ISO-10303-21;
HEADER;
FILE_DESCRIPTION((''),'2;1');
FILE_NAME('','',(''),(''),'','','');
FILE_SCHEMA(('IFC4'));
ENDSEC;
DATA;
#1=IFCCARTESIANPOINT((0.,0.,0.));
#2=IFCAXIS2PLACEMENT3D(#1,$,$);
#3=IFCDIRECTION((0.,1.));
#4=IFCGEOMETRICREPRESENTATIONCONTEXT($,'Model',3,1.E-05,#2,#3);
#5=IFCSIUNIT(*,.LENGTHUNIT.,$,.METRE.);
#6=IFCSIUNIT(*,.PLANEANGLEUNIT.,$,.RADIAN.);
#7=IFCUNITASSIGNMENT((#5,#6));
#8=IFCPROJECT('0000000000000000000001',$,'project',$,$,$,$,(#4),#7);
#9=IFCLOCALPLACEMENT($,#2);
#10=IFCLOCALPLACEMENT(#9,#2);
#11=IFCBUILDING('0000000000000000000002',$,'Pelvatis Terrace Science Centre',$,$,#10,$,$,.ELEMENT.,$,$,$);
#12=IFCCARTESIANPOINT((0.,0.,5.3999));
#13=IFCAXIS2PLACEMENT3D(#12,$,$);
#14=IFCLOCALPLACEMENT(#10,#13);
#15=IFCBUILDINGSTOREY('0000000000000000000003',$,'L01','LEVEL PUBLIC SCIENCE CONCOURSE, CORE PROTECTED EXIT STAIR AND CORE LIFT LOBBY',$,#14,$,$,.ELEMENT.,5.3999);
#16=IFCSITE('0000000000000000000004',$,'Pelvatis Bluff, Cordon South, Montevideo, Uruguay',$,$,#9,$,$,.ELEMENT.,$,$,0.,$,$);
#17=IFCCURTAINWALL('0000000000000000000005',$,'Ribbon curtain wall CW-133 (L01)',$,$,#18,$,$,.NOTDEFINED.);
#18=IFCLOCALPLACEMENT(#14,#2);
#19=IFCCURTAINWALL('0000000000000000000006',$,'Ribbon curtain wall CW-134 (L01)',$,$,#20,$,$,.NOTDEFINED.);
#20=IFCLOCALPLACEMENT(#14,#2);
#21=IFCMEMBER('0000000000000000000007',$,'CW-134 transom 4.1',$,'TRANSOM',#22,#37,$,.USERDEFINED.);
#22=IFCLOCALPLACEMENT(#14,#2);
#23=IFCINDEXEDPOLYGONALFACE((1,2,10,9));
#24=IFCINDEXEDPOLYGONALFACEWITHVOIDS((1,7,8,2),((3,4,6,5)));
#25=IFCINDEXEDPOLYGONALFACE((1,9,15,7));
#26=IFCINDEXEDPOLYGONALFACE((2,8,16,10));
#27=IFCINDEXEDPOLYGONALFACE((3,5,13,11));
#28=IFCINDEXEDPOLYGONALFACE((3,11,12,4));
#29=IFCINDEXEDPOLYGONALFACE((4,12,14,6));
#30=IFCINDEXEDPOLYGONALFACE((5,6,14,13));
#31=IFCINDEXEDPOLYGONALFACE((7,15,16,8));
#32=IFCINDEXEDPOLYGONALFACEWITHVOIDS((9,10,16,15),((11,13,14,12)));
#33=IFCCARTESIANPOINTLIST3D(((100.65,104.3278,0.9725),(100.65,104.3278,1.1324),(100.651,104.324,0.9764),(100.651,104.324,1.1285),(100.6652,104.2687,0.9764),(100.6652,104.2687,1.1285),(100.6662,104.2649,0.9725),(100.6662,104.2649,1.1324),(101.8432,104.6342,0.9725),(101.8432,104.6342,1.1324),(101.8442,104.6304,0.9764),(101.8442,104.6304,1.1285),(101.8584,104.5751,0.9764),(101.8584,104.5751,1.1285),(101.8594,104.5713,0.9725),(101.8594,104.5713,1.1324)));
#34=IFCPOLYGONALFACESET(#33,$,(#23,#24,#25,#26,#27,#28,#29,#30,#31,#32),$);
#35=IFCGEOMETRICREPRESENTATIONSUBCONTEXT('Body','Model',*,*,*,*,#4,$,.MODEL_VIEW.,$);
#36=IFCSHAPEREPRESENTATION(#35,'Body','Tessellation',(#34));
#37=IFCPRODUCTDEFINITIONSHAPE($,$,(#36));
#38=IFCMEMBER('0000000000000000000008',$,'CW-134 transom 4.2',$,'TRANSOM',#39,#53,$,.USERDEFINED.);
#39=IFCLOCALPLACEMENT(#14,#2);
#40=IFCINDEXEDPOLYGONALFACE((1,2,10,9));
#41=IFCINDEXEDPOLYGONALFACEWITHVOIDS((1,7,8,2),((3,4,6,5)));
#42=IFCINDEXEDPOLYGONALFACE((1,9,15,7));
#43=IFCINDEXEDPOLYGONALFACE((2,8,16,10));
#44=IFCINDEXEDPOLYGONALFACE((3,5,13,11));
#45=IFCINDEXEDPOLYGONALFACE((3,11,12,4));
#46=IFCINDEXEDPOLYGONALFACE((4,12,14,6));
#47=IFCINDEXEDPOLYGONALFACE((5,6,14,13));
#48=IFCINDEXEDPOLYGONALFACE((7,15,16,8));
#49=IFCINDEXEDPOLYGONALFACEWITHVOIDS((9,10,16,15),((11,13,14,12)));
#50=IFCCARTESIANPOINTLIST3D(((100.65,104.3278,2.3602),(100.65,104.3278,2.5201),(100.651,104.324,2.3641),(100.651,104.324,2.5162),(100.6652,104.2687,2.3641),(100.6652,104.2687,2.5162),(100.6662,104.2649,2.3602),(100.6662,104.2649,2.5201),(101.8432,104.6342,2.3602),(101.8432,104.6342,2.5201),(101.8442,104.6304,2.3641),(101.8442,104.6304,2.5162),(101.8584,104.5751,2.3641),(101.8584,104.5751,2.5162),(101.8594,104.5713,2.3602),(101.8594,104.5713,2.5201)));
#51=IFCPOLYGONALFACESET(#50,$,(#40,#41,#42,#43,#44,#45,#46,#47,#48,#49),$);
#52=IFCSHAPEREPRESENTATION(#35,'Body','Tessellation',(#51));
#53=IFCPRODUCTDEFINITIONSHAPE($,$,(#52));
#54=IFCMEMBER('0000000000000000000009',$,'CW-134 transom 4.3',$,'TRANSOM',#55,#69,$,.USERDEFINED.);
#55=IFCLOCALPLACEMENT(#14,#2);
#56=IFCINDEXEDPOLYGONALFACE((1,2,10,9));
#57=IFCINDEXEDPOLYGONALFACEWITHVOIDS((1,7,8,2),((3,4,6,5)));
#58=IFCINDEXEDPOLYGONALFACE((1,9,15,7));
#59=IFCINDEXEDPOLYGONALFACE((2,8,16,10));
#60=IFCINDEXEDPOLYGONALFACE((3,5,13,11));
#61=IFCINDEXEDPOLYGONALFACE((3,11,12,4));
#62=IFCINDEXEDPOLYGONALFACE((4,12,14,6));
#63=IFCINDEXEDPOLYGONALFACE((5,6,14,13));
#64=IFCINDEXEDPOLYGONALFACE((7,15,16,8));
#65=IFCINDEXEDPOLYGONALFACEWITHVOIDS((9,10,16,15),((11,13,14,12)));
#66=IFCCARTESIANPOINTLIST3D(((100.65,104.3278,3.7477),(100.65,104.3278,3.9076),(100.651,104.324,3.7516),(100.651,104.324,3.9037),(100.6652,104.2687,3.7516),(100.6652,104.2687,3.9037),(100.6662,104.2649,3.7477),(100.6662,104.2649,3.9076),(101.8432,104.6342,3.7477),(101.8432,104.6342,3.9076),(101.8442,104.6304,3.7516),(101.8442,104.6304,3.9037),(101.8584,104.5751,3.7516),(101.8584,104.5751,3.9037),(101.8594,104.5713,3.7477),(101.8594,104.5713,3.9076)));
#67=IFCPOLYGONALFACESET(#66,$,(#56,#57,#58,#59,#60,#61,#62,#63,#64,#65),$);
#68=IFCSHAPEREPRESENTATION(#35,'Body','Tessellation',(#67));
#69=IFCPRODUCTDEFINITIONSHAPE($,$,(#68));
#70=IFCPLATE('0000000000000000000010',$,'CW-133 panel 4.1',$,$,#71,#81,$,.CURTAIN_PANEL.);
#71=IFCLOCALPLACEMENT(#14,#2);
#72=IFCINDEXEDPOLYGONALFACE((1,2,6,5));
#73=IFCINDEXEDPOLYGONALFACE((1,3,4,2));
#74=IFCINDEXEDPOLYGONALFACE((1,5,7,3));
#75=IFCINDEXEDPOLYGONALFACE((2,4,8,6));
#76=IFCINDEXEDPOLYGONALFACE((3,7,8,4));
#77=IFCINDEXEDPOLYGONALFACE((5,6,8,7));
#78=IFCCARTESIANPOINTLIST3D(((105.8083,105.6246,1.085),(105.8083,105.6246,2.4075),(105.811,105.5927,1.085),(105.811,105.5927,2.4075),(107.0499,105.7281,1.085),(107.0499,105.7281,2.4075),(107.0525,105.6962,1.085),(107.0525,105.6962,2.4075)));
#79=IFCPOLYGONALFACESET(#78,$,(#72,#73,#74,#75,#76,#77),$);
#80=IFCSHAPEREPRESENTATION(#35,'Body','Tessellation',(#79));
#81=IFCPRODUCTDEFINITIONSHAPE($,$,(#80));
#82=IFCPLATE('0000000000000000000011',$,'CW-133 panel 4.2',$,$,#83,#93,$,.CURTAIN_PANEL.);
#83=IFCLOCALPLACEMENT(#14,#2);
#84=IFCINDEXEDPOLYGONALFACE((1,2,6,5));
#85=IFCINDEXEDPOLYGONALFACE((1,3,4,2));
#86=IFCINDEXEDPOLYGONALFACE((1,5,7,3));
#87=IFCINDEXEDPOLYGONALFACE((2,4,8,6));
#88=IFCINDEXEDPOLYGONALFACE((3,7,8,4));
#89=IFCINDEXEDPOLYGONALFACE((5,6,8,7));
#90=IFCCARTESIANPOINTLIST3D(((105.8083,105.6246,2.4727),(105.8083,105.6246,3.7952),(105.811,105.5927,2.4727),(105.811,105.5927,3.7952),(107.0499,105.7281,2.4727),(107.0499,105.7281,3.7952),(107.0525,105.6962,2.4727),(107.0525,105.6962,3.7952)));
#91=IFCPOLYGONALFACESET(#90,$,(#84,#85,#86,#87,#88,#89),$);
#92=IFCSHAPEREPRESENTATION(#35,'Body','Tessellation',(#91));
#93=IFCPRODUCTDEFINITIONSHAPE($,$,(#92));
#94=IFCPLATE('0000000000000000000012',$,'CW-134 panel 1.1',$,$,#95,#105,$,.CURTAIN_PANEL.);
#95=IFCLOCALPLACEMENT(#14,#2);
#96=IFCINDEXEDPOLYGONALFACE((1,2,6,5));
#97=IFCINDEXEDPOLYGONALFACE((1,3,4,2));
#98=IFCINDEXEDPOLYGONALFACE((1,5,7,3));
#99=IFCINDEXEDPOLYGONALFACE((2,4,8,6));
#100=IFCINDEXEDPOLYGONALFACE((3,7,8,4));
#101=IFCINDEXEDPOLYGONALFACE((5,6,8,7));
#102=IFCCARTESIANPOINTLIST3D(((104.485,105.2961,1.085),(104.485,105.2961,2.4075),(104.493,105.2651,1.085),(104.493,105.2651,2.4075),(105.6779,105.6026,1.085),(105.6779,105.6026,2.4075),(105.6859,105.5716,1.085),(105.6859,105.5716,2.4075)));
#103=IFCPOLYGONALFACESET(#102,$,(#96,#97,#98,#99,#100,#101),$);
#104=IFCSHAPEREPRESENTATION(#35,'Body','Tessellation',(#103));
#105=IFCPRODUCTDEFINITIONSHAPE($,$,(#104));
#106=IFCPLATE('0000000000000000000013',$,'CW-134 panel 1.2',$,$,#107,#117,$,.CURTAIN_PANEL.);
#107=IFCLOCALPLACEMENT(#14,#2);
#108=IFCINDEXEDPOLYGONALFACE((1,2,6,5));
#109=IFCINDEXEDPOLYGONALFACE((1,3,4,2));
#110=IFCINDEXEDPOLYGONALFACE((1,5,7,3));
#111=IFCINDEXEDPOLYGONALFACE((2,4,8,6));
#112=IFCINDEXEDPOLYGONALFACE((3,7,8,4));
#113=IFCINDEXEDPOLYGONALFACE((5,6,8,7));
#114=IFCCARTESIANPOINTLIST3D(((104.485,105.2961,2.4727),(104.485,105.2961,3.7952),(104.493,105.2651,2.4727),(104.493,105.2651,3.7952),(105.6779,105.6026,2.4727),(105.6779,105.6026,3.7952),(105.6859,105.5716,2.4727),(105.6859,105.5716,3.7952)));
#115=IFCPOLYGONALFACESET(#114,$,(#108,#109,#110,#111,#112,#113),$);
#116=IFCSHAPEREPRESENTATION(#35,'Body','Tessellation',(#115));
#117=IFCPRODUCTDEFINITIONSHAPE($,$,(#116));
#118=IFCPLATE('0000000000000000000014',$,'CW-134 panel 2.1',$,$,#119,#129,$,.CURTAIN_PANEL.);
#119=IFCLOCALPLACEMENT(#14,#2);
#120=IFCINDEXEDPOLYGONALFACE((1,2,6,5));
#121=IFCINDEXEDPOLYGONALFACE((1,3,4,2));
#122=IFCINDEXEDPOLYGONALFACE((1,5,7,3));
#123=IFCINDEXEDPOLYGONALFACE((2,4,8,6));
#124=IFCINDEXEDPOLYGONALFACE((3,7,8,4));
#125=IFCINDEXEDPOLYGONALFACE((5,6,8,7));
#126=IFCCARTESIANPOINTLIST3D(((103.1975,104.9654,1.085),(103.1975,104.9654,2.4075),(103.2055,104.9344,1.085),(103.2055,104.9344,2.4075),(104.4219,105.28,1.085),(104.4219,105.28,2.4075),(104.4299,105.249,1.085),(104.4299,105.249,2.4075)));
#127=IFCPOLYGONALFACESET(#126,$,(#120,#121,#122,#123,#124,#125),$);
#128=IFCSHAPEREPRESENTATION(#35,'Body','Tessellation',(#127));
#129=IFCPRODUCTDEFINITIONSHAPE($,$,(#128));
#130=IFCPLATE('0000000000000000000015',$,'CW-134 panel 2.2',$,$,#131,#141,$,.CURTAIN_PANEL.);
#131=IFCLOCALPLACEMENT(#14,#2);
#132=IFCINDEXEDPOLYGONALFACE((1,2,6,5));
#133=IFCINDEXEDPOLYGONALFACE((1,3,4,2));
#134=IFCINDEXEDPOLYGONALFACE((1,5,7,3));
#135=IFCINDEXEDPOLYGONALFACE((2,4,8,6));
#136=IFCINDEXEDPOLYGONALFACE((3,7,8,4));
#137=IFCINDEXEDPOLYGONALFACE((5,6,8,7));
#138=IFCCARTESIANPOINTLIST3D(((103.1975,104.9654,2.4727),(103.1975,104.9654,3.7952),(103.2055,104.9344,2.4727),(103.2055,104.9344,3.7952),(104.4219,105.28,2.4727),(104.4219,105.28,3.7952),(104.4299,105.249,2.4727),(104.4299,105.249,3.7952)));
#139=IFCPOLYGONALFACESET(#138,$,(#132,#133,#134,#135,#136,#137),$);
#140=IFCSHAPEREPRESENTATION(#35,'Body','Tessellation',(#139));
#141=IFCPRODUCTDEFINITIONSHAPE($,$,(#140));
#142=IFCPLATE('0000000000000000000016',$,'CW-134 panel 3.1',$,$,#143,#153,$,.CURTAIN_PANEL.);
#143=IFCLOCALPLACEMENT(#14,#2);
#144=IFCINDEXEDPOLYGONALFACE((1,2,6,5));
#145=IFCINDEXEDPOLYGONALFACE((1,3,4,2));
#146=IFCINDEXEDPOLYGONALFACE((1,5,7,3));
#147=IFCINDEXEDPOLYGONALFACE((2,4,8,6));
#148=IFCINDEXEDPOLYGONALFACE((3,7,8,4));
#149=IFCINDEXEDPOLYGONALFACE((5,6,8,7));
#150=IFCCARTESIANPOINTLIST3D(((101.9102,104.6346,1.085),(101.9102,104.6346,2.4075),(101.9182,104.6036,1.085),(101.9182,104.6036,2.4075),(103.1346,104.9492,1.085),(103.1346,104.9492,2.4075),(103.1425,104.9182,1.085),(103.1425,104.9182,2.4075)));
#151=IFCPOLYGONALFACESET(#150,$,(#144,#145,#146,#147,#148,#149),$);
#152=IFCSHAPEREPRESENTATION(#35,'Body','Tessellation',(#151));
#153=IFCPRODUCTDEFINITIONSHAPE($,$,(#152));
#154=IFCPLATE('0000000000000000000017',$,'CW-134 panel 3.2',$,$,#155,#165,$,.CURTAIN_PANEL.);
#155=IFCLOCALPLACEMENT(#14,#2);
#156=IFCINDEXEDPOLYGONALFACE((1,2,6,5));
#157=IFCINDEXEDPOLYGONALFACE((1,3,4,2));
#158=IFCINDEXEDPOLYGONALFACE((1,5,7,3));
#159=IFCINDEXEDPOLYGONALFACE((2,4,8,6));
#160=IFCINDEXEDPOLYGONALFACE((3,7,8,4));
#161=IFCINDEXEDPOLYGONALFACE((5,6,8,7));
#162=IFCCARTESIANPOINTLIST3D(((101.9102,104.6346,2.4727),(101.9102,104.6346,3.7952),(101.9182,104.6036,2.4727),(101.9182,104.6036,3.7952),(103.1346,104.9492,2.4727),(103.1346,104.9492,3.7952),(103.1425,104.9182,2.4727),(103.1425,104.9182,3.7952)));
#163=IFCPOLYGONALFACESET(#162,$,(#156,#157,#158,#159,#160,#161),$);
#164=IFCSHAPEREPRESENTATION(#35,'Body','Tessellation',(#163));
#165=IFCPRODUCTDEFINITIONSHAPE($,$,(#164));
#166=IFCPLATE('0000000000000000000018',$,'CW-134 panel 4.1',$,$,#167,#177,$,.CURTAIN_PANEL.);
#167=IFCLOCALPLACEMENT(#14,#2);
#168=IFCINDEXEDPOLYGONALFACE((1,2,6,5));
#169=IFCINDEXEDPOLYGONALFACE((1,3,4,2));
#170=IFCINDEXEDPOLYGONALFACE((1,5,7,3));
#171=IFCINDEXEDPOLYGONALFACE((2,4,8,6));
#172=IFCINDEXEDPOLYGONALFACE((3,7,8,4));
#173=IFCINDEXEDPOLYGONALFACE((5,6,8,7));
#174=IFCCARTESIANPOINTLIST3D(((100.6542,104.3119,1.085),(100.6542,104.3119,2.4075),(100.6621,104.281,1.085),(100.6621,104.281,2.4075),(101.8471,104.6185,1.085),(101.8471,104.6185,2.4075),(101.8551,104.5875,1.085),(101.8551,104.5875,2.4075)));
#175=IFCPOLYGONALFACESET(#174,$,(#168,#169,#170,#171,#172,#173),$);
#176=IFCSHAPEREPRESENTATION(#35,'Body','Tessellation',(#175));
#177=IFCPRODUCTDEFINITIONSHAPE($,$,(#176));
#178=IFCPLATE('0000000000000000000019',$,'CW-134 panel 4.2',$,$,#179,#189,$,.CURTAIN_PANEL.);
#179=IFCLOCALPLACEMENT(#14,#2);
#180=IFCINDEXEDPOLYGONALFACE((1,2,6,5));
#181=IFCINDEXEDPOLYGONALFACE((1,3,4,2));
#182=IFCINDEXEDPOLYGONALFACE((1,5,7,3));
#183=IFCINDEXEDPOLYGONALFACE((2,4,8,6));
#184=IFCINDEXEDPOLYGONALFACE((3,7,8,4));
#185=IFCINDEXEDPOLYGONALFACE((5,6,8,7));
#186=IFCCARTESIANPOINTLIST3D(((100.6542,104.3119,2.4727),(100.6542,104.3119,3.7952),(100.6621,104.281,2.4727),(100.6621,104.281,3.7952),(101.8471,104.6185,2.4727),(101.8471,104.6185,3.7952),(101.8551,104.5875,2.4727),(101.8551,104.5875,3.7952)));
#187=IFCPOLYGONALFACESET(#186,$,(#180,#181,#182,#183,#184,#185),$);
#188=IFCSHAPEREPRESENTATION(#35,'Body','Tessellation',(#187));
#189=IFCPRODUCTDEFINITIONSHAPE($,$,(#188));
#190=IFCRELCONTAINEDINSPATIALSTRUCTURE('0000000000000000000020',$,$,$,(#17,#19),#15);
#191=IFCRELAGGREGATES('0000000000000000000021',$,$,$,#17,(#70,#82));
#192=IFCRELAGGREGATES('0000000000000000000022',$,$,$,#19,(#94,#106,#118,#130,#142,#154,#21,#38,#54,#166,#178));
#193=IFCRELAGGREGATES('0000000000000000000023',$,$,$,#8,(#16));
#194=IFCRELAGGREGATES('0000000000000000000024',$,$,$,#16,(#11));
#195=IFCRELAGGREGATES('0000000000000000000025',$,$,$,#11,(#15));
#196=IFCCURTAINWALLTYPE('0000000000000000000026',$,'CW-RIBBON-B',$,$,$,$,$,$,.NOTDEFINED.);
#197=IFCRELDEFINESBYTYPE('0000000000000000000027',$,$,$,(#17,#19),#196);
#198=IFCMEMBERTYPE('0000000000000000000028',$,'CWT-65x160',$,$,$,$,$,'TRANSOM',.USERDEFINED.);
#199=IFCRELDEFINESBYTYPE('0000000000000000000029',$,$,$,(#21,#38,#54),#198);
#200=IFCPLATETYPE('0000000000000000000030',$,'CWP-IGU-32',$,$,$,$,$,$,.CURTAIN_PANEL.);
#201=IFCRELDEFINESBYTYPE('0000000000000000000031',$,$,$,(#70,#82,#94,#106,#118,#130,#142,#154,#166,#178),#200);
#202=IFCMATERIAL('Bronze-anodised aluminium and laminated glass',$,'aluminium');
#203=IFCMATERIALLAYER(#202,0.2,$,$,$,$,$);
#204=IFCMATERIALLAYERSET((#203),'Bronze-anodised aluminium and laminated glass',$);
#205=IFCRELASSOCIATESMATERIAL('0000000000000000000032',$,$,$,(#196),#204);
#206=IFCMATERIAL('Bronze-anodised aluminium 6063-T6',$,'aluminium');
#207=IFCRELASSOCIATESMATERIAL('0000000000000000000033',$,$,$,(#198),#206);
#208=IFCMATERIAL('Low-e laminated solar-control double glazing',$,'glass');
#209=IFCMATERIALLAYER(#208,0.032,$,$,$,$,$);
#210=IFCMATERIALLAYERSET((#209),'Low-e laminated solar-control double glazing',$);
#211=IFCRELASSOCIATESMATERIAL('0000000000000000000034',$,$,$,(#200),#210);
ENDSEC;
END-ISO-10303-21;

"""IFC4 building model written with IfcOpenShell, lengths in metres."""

from ifc_helpers import new_model, si_unit, direction, frame, origin, origin_2d, place, context, subcontext, project, spatial, rectangle, hollow_rectangle, extrude, material, layer, layer_set, material_profile, profile_set, type_object, element, aggregate, save


model = new_model("IFC4")

# Units and contexts
model_context = context("Model", 3, precision=1e-05, world=origin(), true_north=direction((0.0, 1.0)))
body_context = subcontext(model_context, "Body", "Model", "MODEL_VIEW")
ifc_project = project(units=[si_unit("LENGTHUNIT", "METRE"), si_unit("PLANEANGLEUNIT", "RADIAN")], contexts=[model_context])

# Site, building, storey
site_placement = place(None, origin())
site = spatial("IfcSite", under=ifc_project, at=site_placement, Name="Pelvatis Bluff, Cordon South, Montevideo, Uruguay", CompositionType="ELEMENT", RefElevation=0.0)
building_placement = place(site_placement, origin())
building = spatial("IfcBuilding", under=site, at=building_placement, Name="Pelvatis Terrace Science Centre", CompositionType="ELEMENT")
storey_placement = place(building_placement, frame((0.0, 0.0, 5.3999)))
storey = spatial("IfcBuildingStorey", under=building, at=storey_placement, Name="L01", Description="LEVEL PUBLIC SCIENCE CONCOURSE, CORE PROTECTED EXIT STAIR AND CORE LIFT LOBBY", CompositionType="ELEMENT", Elevation=5.3999)

# Curtain walls
ifc_material_1 = material(Name="Bronze-anodised aluminium and laminated glass", Category="aluminium")
ifc_layer_1 = layer(ifc_material_1, 0.2)
ifc_layer_set_1 = layer_set([ifc_layer_1], Name="Bronze-anodised aluminium and laminated glass")
curtain_wall_type = type_object("IfcCurtainWallType", Name="CW-RIBBON-B", PredefinedType="NOTDEFINED", material=ifc_layer_set_1)
curtain_wall_1_placement = place(storey_placement, origin())
curtain_wall_1 = element("IfcCurtainWall", 1, at=curtain_wall_1_placement, inside=storey, type_object=curtain_wall_type, Name="Ribbon curtain wall CW-133 (L01)", PredefinedType="NOTDEFINED")
curtain_wall_2_placement = place(storey_placement, origin())
curtain_wall_2 = element("IfcCurtainWall", 2, at=curtain_wall_2_placement, inside=storey, type_object=curtain_wall_type, Name="Ribbon curtain wall CW-134 (L01)", PredefinedType="NOTDEFINED")

# Members
ifc_material_2 = material(Name="Bronze-anodised aluminium 6063-T6", Category="aluminium")
ifc_material_profile_1 = material_profile(ifc_material_2, hollow_rectangle(XDim=0.0649, YDim=0.1599, WallThickness=0.0039, at=origin_2d()), Name="ALU-TRN 65x160")
ifc_profile_set_1 = profile_set([ifc_material_profile_1], Name="Bronze-anodised aluminium 6063-T6")
member_type_1 = type_object("IfcMemberType", Name="CWT-65x160", ElementType="TRANSOM", PredefinedType="USERDEFINED", material=ifc_profile_set_1)
member_1_placement = place(storey_placement, frame((101.8513, 104.6028, 1.0525), z_axis=(-0.968572, -0.248733, 0.0), x_axis=(0.248733, -0.968572, 0.0)))
member_1 = element("IfcMember", 3, at=member_1_placement, type_object=member_type_1, Name="CW-134 transom 4.1", ObjectType="TRANSOM", PredefinedType="USERDEFINED", context=body_context, shape_type="SweptSolid", body=[
    extrude(hollow_rectangle(XDim=0.0649, YDim=0.1599, WallThickness=0.0039, at=origin_2d()), origin(), (0.0, 0.0, 1.0), 1.2319),
])
member_2_placement = place(storey_placement, frame((101.8513, 104.6028, 2.4402), z_axis=(-0.968572, -0.248733, 0.0), x_axis=(0.248733, -0.968572, 0.0)))
member_2 = element("IfcMember", 4, at=member_2_placement, type_object=member_type_1, Name="CW-134 transom 4.2", ObjectType="TRANSOM", PredefinedType="USERDEFINED", context=body_context, shape_type="SweptSolid", body=[
    extrude(hollow_rectangle(XDim=0.0649, YDim=0.1599, WallThickness=0.0039, at=origin_2d()), origin(), (0.0, 0.0, 1.0), 1.2319),
])
member_3_placement = place(storey_placement, frame((101.8513, 104.6028, 3.8276), z_axis=(-0.968572, -0.248733, 0.0), x_axis=(0.248733, -0.968572, 0.0)))
member_3 = element("IfcMember", 5, at=member_3_placement, type_object=member_type_1, Name="CW-134 transom 4.3", ObjectType="TRANSOM", PredefinedType="USERDEFINED", context=body_context, shape_type="SweptSolid", body=[
    extrude(hollow_rectangle(XDim=0.0649, YDim=0.1599, WallThickness=0.0039, at=origin_2d()), origin(), (0.0, 0.0, 1.0), 1.2319),
])

# Plates
ifc_material_3 = material(Name="Low-e laminated solar-control double glazing", Category="glass")
ifc_layer_2 = layer(ifc_material_3, 0.032)
ifc_layer_set_2 = layer_set([ifc_layer_2], Name="Low-e laminated solar-control double glazing")
plate_type = type_object("IfcPlateType", Name="CWP-IGU-32", PredefinedType="CURTAIN_PANEL", material=ifc_layer_set_2)
plate_1_placement = place(storey_placement, frame((106.4304, 105.6604, 1.085), z_axis=(0.0, 0.0, 1.0), x_axis=(-0.996539, -0.083126, 0.0)))
plate_1 = element("IfcPlate", 6, at=plate_1_placement, type_object=plate_type, Name="CW-133 panel 4.1", PredefinedType="CURTAIN_PANEL", context=body_context, shape_type="SweptSolid", body=[
    extrude(rectangle(XDim=1.2458, YDim=0.032, at=origin_2d()), origin(), (0.0, 0.0, 1.0), 1.3225),
])
plate_2_placement = place(storey_placement, frame((106.4304, 105.6604, 2.4727), z_axis=(0.0, 0.0, 1.0), x_axis=(-0.996539, -0.083126, 0.0)))
plate_2 = element("IfcPlate", 7, at=plate_2_placement, type_object=plate_type, Name="CW-133 panel 4.2", PredefinedType="CURTAIN_PANEL", context=body_context, shape_type="SweptSolid", body=[
    extrude(rectangle(XDim=1.2458, YDim=0.032, at=origin_2d()), origin(), (0.0, 0.0, 1.0), 1.3225),
])
aggregate(curtain_wall_1, [plate_1, plate_2])
plate_3_placement = place(storey_placement, frame((105.0854, 105.4338, 1.085), z_axis=(0.0, 0.0, 1.0), x_axis=(-0.968541, -0.248855, 0.0)))
plate_3 = element("IfcPlate", 8, at=plate_3_placement, type_object=plate_type, Name="CW-134 panel 1.1", PredefinedType="CURTAIN_PANEL", context=body_context, shape_type="SweptSolid", body=[
    extrude(rectangle(XDim=1.2317, YDim=0.032, at=origin_2d()), origin(), (0.0, 0.0, 1.0), 1.3225),
])
plate_4_placement = place(storey_placement, frame((105.0854, 105.4338, 2.4727), z_axis=(0.0, 0.0, 1.0), x_axis=(-0.968541, -0.248855, 0.0)))
plate_4 = element("IfcPlate", 9, at=plate_4_placement, type_object=plate_type, Name="CW-134 panel 1.2", PredefinedType="CURTAIN_PANEL", context=body_context, shape_type="SweptSolid", body=[
    extrude(rectangle(XDim=1.2317, YDim=0.032, at=origin_2d()), origin(), (0.0, 0.0, 1.0), 1.3225),
])
plate_5_placement = place(storey_placement, frame((103.8137, 105.1072, 1.085), z_axis=(0.0, 0.0, 1.0), x_axis=(-0.968541, -0.248855, 0.0)))
plate_5 = element("IfcPlate", 10, at=plate_5_placement, type_object=plate_type, Name="CW-134 panel 2.1", PredefinedType="CURTAIN_PANEL", context=body_context, shape_type="SweptSolid", body=[
    extrude(rectangle(XDim=1.2642, YDim=0.032, at=origin_2d()), origin(), (0.0, 0.0, 1.0), 1.3225),
])
plate_6_placement = place(storey_placement, frame((103.8137, 105.1072, 2.4727), z_axis=(0.0, 0.0, 1.0), x_axis=(-0.968541, -0.248855, 0.0)))
plate_6 = element("IfcPlate", 11, at=plate_6_placement, type_object=plate_type, Name="CW-134 panel 2.2", PredefinedType="CURTAIN_PANEL", context=body_context, shape_type="SweptSolid", body=[
    extrude(rectangle(XDim=1.2642, YDim=0.032, at=origin_2d()), origin(), (0.0, 0.0, 1.0), 1.3225),
])
plate_7_placement = place(storey_placement, frame((102.5264, 104.7764, 1.085), z_axis=(0.0, 0.0, 1.0), x_axis=(-0.968541, -0.248855, 0.0)))
plate_7 = element("IfcPlate", 12, at=plate_7_placement, type_object=plate_type, Name="CW-134 panel 3.1", PredefinedType="CURTAIN_PANEL", context=body_context, shape_type="SweptSolid", body=[
    extrude(rectangle(XDim=1.2642, YDim=0.032, at=origin_2d()), origin(), (0.0, 0.0, 1.0), 1.3225),
])
plate_8_placement = place(storey_placement, frame((102.5264, 104.7764, 2.4727), z_axis=(0.0, 0.0, 1.0), x_axis=(-0.968541, -0.248855, 0.0)))
plate_8 = element("IfcPlate", 13, at=plate_8_placement, type_object=plate_type, Name="CW-134 panel 3.2", PredefinedType="CURTAIN_PANEL", context=body_context, shape_type="SweptSolid", body=[
    extrude(rectangle(XDim=1.2642, YDim=0.032, at=origin_2d()), origin(), (0.0, 0.0, 1.0), 1.3225),
])
plate_9_placement = place(storey_placement, frame((101.2546, 104.4497, 1.085), z_axis=(0.0, 0.0, 1.0), x_axis=(-0.968541, -0.248855, 0.0)))
plate_9 = element("IfcPlate", 14, at=plate_9_placement, type_object=plate_type, Name="CW-134 panel 4.1", PredefinedType="CURTAIN_PANEL", context=body_context, shape_type="SweptSolid", body=[
    extrude(rectangle(XDim=1.2317, YDim=0.032, at=origin_2d()), origin(), (0.0, 0.0, 1.0), 1.3225),
])
plate_10_placement = place(storey_placement, frame((101.2546, 104.4497, 2.4727), z_axis=(0.0, 0.0, 1.0), x_axis=(-0.968541, -0.248855, 0.0)))
plate_10 = element("IfcPlate", 15, at=plate_10_placement, type_object=plate_type, Name="CW-134 panel 4.2", PredefinedType="CURTAIN_PANEL", context=body_context, shape_type="SweptSolid", body=[
    extrude(rectangle(XDim=1.2317, YDim=0.032, at=origin_2d()), origin(), (0.0, 0.0, 1.0), 1.3225),
])
aggregate(curtain_wall_2, [plate_3, plate_4, plate_5, plate_6, plate_7, plate_8, member_1, member_2, member_3, plate_9, plate_10])

save(model, "model.ifc")
